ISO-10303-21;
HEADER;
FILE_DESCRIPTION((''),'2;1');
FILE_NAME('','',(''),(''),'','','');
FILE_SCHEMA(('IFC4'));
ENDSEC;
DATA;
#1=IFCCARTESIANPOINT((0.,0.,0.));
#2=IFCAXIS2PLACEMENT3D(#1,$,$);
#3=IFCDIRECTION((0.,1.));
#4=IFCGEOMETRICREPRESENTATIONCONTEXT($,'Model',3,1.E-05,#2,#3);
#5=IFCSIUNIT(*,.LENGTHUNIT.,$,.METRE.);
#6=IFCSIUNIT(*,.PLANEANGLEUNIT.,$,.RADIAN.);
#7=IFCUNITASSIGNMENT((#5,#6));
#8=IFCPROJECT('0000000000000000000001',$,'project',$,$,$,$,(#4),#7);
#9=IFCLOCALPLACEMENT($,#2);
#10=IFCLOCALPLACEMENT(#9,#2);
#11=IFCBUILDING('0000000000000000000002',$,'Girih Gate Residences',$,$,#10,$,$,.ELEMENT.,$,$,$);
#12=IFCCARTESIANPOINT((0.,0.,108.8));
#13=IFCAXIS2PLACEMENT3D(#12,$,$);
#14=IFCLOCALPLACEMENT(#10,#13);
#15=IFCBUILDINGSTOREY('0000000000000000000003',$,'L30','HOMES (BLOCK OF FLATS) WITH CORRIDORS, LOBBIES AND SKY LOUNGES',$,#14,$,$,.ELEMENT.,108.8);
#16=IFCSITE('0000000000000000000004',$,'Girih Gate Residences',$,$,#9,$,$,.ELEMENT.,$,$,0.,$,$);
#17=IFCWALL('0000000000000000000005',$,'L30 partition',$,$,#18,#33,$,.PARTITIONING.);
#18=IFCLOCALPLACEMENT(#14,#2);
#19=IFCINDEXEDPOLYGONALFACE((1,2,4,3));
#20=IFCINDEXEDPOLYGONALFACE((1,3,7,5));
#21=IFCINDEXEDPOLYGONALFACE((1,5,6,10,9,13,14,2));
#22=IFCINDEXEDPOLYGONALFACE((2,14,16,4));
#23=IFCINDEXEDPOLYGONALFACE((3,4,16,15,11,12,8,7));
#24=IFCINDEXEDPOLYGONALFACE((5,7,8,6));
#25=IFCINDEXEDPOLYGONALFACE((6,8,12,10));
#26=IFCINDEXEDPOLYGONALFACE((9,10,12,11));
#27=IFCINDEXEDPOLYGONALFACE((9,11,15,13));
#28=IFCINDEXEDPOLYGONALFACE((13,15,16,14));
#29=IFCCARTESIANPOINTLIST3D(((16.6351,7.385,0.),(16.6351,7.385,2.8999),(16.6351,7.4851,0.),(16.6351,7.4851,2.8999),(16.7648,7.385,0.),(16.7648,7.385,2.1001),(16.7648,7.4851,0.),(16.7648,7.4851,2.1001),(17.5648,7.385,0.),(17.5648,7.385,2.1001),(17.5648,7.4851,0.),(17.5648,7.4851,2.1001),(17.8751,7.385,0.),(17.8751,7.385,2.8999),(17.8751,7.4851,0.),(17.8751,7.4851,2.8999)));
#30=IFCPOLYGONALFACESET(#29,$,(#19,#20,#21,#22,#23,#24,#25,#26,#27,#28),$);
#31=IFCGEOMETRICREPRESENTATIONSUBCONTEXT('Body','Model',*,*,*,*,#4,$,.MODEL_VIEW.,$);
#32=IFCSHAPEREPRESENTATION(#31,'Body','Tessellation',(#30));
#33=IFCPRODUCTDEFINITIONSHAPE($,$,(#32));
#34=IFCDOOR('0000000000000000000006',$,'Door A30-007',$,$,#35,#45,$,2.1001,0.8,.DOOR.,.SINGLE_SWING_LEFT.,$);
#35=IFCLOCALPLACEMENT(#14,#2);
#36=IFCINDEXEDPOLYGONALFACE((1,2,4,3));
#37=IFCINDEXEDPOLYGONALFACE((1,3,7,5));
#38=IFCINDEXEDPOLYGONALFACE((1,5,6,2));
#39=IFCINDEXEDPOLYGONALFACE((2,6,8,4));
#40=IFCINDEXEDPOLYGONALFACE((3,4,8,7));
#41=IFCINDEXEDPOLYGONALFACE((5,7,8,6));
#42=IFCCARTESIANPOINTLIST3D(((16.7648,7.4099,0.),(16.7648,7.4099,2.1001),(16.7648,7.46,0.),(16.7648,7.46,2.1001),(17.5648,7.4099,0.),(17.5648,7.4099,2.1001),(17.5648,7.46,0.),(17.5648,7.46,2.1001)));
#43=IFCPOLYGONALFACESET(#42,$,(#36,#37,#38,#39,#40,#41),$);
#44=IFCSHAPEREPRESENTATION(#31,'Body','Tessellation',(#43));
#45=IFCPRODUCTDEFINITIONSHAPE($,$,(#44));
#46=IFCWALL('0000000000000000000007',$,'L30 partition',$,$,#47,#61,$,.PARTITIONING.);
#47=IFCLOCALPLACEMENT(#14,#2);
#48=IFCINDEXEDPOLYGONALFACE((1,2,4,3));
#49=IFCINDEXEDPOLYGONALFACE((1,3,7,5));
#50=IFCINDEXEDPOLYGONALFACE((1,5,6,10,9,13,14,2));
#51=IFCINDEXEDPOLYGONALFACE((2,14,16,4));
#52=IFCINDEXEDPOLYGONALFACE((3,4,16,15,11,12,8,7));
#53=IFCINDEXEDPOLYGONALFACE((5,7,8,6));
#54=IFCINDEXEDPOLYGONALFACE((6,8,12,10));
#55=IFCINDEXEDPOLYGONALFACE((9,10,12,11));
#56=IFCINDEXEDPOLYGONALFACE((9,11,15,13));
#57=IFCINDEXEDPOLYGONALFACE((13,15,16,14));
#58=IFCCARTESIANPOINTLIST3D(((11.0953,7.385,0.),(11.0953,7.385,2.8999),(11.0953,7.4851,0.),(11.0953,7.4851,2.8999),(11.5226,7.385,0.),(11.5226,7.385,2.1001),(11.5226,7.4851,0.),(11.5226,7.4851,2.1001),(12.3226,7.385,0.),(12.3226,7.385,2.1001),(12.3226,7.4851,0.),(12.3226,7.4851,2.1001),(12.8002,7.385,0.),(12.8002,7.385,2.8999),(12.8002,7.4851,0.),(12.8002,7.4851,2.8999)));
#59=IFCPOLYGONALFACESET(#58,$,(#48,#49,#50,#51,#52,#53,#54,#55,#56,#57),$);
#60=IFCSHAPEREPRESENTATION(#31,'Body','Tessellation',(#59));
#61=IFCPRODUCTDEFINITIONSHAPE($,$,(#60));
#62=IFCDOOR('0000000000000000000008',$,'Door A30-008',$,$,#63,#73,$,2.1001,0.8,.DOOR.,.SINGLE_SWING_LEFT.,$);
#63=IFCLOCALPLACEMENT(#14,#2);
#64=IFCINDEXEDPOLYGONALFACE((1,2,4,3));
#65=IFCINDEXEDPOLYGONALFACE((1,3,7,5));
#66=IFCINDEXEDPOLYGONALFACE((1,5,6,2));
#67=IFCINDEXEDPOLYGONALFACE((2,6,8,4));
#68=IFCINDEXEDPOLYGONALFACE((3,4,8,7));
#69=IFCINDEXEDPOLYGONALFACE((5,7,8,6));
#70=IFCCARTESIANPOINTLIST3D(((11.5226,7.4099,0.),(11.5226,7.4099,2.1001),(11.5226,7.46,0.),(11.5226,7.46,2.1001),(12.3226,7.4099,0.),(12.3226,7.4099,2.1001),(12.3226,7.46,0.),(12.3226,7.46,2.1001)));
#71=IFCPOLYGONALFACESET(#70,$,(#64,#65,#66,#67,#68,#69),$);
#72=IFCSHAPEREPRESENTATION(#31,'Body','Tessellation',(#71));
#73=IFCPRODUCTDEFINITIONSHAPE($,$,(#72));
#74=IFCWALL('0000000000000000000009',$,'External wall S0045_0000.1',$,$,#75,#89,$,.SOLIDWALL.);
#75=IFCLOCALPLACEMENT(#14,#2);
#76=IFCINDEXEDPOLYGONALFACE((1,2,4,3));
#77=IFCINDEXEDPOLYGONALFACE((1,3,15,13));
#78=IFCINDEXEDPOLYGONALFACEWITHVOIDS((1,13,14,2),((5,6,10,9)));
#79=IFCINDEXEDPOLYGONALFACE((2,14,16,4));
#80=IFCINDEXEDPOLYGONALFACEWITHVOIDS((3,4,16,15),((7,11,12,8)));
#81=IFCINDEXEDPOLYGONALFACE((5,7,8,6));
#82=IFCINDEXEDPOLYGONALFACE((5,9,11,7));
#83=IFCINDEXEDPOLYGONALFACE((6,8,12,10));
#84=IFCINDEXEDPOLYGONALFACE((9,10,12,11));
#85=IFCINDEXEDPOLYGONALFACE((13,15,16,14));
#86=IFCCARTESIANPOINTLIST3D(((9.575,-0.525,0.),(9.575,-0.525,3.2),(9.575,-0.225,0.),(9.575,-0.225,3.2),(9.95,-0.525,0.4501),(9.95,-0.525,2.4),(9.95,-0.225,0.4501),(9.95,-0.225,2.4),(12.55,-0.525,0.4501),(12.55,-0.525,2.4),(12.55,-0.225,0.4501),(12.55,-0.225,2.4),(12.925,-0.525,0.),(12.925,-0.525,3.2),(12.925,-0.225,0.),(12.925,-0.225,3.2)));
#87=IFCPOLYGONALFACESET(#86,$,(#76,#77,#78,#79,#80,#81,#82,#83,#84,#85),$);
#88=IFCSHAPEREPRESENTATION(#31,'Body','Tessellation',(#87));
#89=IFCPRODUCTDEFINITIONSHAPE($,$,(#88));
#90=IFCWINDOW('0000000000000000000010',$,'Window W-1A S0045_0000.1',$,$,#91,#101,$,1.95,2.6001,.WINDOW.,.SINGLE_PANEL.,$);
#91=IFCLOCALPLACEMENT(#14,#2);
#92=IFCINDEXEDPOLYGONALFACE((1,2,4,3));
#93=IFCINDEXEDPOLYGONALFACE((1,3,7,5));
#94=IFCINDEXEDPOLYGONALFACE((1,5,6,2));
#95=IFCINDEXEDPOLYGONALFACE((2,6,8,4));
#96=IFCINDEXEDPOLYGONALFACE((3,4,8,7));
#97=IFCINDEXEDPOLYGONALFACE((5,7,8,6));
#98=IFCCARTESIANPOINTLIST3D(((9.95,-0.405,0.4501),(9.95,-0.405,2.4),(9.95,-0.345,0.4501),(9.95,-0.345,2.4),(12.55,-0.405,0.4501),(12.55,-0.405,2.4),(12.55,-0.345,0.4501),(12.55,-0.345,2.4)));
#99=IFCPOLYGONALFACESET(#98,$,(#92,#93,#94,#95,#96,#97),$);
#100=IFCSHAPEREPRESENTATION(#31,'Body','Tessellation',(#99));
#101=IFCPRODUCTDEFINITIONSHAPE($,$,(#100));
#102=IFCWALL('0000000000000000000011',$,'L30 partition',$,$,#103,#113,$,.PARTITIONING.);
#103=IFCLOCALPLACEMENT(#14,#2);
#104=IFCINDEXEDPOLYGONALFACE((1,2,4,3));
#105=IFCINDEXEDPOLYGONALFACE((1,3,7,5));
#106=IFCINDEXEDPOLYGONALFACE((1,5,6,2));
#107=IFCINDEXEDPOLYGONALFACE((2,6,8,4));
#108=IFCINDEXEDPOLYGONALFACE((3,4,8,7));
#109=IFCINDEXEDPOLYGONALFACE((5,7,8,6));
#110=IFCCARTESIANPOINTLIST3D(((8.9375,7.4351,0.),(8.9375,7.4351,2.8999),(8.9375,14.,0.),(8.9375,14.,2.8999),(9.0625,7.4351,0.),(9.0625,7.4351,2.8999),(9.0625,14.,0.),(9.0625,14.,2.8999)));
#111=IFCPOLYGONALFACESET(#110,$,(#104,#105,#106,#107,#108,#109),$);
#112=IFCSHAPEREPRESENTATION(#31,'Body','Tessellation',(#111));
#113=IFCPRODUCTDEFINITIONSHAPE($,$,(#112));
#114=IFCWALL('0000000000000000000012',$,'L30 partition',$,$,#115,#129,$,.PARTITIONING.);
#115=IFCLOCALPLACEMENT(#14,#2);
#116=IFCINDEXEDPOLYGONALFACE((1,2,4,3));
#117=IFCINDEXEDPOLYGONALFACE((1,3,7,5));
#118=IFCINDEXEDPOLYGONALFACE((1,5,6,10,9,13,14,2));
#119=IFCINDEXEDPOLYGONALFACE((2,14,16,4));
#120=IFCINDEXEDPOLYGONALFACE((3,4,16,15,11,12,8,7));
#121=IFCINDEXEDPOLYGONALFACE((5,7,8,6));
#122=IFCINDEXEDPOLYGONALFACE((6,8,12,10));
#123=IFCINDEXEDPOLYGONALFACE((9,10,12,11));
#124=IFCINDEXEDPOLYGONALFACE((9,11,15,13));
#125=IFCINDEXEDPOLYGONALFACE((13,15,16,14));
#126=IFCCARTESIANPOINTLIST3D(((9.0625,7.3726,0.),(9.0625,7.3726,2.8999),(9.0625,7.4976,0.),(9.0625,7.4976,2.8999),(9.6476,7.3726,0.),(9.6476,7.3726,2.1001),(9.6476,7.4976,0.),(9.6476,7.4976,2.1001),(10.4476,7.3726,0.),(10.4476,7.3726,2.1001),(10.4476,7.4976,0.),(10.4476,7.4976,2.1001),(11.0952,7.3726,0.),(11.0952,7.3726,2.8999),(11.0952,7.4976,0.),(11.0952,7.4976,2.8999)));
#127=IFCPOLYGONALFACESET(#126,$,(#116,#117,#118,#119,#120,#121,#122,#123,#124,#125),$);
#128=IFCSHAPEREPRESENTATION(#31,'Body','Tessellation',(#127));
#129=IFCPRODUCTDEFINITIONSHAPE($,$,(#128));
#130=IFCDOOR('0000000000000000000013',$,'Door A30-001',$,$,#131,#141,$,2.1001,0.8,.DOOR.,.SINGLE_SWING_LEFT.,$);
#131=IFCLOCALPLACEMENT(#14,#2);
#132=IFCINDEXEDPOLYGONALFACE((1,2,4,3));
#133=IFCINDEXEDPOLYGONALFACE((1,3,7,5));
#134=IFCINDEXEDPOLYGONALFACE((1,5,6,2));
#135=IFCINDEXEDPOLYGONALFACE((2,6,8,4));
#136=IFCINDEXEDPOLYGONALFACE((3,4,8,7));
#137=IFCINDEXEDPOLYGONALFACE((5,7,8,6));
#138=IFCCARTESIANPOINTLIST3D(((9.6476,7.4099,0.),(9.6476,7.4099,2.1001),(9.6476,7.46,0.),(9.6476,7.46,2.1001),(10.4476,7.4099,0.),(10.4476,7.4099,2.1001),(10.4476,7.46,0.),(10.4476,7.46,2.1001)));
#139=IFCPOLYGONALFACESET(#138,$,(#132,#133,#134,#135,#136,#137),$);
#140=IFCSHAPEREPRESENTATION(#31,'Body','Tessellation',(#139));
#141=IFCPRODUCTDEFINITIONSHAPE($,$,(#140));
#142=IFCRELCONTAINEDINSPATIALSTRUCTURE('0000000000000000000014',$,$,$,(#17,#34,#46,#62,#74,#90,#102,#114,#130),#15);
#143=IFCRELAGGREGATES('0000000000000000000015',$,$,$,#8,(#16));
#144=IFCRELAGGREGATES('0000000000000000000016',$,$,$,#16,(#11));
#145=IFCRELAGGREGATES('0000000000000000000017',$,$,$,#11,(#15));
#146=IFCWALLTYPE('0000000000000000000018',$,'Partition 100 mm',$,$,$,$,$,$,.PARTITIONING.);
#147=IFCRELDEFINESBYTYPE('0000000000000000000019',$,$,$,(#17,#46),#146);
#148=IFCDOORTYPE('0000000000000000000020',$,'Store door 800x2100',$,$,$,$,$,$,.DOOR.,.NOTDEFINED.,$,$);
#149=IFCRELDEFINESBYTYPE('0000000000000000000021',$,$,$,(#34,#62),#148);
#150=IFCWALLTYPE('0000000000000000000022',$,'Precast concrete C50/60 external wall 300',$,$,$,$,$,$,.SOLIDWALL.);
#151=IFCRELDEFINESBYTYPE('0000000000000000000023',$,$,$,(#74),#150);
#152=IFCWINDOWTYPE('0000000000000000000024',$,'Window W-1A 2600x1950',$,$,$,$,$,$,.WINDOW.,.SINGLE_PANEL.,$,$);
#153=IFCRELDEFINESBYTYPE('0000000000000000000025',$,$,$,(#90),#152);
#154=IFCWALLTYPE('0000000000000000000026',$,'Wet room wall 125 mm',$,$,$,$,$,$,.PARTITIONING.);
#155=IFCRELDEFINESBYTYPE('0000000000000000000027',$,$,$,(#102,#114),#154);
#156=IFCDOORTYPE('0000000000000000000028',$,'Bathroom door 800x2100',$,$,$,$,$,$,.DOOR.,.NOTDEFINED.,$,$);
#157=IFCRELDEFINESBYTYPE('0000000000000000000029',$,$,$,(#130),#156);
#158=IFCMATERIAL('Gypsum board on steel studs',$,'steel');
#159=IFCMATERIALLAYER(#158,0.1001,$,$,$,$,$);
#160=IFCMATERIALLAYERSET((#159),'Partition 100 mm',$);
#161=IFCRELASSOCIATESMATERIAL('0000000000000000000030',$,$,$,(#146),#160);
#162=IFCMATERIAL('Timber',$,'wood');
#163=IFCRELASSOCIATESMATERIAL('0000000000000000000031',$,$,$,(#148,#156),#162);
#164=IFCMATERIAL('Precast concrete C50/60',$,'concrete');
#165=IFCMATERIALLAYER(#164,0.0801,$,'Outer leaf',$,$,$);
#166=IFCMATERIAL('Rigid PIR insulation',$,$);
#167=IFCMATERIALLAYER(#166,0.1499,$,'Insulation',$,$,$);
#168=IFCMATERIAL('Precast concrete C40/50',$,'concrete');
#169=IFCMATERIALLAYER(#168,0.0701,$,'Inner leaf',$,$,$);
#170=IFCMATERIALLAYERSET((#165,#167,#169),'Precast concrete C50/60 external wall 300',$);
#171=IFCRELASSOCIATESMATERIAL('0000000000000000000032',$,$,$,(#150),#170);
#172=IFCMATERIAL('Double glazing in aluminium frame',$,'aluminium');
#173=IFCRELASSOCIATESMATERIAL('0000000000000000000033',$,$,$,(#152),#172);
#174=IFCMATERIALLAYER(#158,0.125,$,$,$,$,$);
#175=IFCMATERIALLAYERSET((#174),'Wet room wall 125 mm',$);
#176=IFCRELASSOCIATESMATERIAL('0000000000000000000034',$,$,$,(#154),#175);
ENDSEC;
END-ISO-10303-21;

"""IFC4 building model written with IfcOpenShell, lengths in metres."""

from ifc_helpers import new_model, si_unit, direction, frame, frame_2d, origin, place, context, subcontext, project, spatial, rectangle, extrude, material, layer, layer_set, type_object, element, fill, save


model = new_model("IFC4")

# Units and contexts
model_context = context("Model", 3, precision=1e-05, world=origin(), true_north=direction((0.0, 1.0)))
body_context = subcontext(model_context, "Body", "Model", "MODEL_VIEW")
ifc_project = project(units=[si_unit("LENGTHUNIT", "METRE"), si_unit("PLANEANGLEUNIT", "RADIAN")], contexts=[model_context])

# Site, building, storey
site_placement = place(None, origin())
site = spatial("IfcSite", under=ifc_project, at=site_placement, Name="Girih Gate Residences", CompositionType="ELEMENT", RefElevation=0.0)
building_placement = place(site_placement, origin())
building = spatial("IfcBuilding", under=site, at=building_placement, Name="Girih Gate Residences", CompositionType="ELEMENT")
storey_placement = place(building_placement, frame((0.0, 0.0, 108.8)))
storey = spatial("IfcBuildingStorey", under=building, at=storey_placement, Name="L30", Description="HOMES (BLOCK OF FLATS) WITH CORRIDORS, LOBBIES AND SKY LOUNGES", CompositionType="ELEMENT", Elevation=108.8)

# Shared definitions
ifc_material_1 = material(Name="Gypsum board on steel studs", Category="steel")
ifc_layer_1 = layer(ifc_material_1, 0.1001)
ifc_layer_set_1 = layer_set([ifc_layer_1], Name="Partition 100 mm")
wall_type_1 = type_object("IfcWallType", Name="Partition 100 mm", PredefinedType="PARTITIONING", material=ifc_layer_set_1)

# Walls, openings, doors
ifc_material_2 = material(Name="Timber", Category="wood")
wall_1_placement = place(storey_placement, frame((16.635, 7.4351, 0.0), z_axis=(0.0, 0.0, 1.0), x_axis=(1.0, 0.0, 0.0)))
wall_1 = element("IfcWall", 1, at=wall_1_placement, inside=storey, type_object=wall_type_1, Name="L30 partition", PredefinedType="PARTITIONING", context=body_context, shape_type="SweptSolid", body=[
    extrude(rectangle(XDim=1.24, YDim=0.1001, at=frame_2d((0.6201, 0.0))), origin(), (0.0, 0.0, 1.0), 2.8999),
])
opening_1_placement = place(wall_1_placement, frame((0.1299, 0.0, 0.0)))
opening_1 = element("IfcOpeningElement", 2, at=opening_1_placement, cuts=wall_1, PredefinedType="OPENING", context=body_context, shape_type="SweptSolid", body=[
    extrude(rectangle(XDim=0.8, YDim=2.1001, at=frame_2d((0.3999, 1.05))), frame((0.0, 0.0601, 0.0), z_axis=(0.0, -1.0, 0.0), x_axis=(1.0, 0.0, 0.0)), (0.0, 0.0, 1.0), 0.1201),
])
door_type_1 = type_object("IfcDoorType", Name="Store door 800x2100", OperationType="NOTDEFINED", PredefinedType="DOOR", material=ifc_material_2)
door_1_placement = place(opening_1_placement, origin())
door_1 = element("IfcDoor", 3, at=door_1_placement, inside=storey, type_object=door_type_1, Name="Door A30-007", OperationType="SINGLE_SWING_LEFT", OverallHeight=2.1001, OverallWidth=0.8, PredefinedType="DOOR", context=body_context, shape_type="SweptSolid", body=[
    extrude(rectangle(XDim=0.8, YDim=2.1001, at=frame_2d((0.3999, 1.05))), frame((0.0, 0.0249, 0.0), z_axis=(0.0, -1.0, 0.0), x_axis=(1.0, 0.0, 0.0)), (0.0, 0.0, 1.0), 0.05),
])
fill(opening_1, door_1)
wall_2_placement = place(storey_placement, frame((11.0952, 7.4351, 0.0), z_axis=(0.0, 0.0, 1.0), x_axis=(1.0, 0.0, 0.0)))
wall_2 = element("IfcWall", 4, at=wall_2_placement, inside=storey, type_object=wall_type_1, Name="L30 partition", PredefinedType="PARTITIONING", context=body_context, shape_type="SweptSolid", body=[
    extrude(rectangle(XDim=1.7048, YDim=0.1001, at=frame_2d((0.8525, 0.0))), origin(), (0.0, 0.0, 1.0), 2.8999),
])
opening_2_placement = place(wall_2_placement, frame((0.4275, 0.0, 0.0)))
opening_2 = element("IfcOpeningElement", 5, at=opening_2_placement, cuts=wall_2, PredefinedType="OPENING", context=body_context, shape_type="SweptSolid", body=[
    extrude(rectangle(XDim=0.8, YDim=2.1001, at=frame_2d((0.3999, 1.05))), frame((0.0, 0.0601, 0.0), z_axis=(0.0, -1.0, 0.0), x_axis=(1.0, 0.0, 0.0)), (0.0, 0.0, 1.0), 0.1201),
])
door_2_placement = place(opening_2_placement, origin())
door_2 = element("IfcDoor", 6, at=door_2_placement, inside=storey, type_object=door_type_1, Name="Door A30-008", OperationType="SINGLE_SWING_LEFT", OverallHeight=2.1001, OverallWidth=0.8, PredefinedType="DOOR", context=body_context, shape_type="SweptSolid", body=[
    extrude(rectangle(XDim=0.8, YDim=2.1001, at=frame_2d((0.3999, 1.05))), frame((0.0, 0.0249, 0.0), z_axis=(0.0, -1.0, 0.0), x_axis=(1.0, 0.0, 0.0)), (0.0, 0.0, 1.0), 0.05),
])
fill(opening_2, door_2)

# Wall, opening, window
ifc_material_3 = material(Name="Precast concrete C50/60", Category="concrete")
ifc_layer_2 = layer(ifc_material_3, 0.0801, Name="Outer leaf")
ifc_material_4 = material(Name="Rigid PIR insulation")
ifc_layer_3 = layer(ifc_material_4, 0.1499, Name="Insulation")
ifc_material_5 = material(Name="Precast concrete C40/50", Category="concrete")
ifc_layer_4 = layer(ifc_material_5, 0.0701, Name="Inner leaf")
ifc_layer_set_2 = layer_set([ifc_layer_2, ifc_layer_3, ifc_layer_4], Name="Precast concrete C50/60 external wall 300")
wall_type_2 = type_object("IfcWallType", Name="Precast concrete C50/60 external wall 300", PredefinedType="SOLIDWALL", material=ifc_layer_set_2)
wall_3_placement = place(storey_placement, frame((12.925, -0.375, 0.0), z_axis=(0.0, 0.0, 1.0), x_axis=(-1.0, 0.0, 0.0)))
wall_3 = element("IfcWall", 7, at=wall_3_placement, inside=storey, type_object=wall_type_2, Name="External wall S0045_0000.1", PredefinedType="SOLIDWALL", context=body_context, shape_type="SweptSolid", body=[
    extrude(rectangle(XDim=3.3501, YDim=0.3, at=frame_2d((1.675, 0.0))), origin(), (0.0, 0.0, 1.0), 3.2),
])
opening_3_placement = place(wall_3_placement, frame((0.375, 0.0, 0.45)))
opening_3 = element("IfcOpeningElement", 8, at=opening_3_placement, cuts=wall_3, PredefinedType="OPENING", context=body_context, shape_type="SweptSolid", body=[
    extrude(rectangle(XDim=2.6001, YDim=1.95, at=frame_2d((1.3, 0.9751))), frame((0.0, 0.1599, 0.0), z_axis=(0.0, -1.0, 0.0), x_axis=(1.0, 0.0, 0.0)), (0.0, 0.0, 1.0), 0.3201),
])
ifc_material_6 = material(Name="Double glazing in aluminium frame", Category="aluminium")
window_type = type_object("IfcWindowType", Name="Window W-1A 2600x1950", PartitioningType="SINGLE_PANEL", PredefinedType="WINDOW", material=ifc_material_6)
window_placement = place(opening_3_placement, origin())
window = element("IfcWindow", 9, at=window_placement, inside=storey, type_object=window_type, Name="Window W-1A S0045_0000.1", OverallHeight=1.95, OverallWidth=2.6001, PartitioningType="SINGLE_PANEL", PredefinedType="WINDOW", context=body_context, shape_type="SweptSolid", body=[
    extrude(rectangle(XDim=2.6001, YDim=1.95, at=frame_2d((1.3, 0.9751))), frame((0.0, 0.03, 0.0), z_axis=(0.0, -1.0, 0.0), x_axis=(1.0, 0.0, 0.0)), (0.0, 0.0, 1.0), 0.0601),
])
fill(opening_3, window)

# Wall
ifc_layer_5 = layer(ifc_material_1, 0.125)
ifc_layer_set_3 = layer_set([ifc_layer_5], Name="Wet room wall 125 mm")
wall_type_3 = type_object("IfcWallType", Name="Wet room wall 125 mm", PredefinedType="PARTITIONING", material=ifc_layer_set_3)
wall_4_placement = place(storey_placement, frame((9.0, 7.4351, 0.0), z_axis=(0.0, 0.0, 1.0), x_axis=(0.0, 1.0, 0.0)))
element("IfcWall", 10, at=wall_4_placement, inside=storey, type_object=wall_type_3, Name="L30 partition", PredefinedType="PARTITIONING", context=body_context, shape_type="SweptSolid", body=[
    extrude(rectangle(XDim=6.5649, YDim=0.125, at=frame_2d((3.2825, 0.0))), origin(), (0.0, 0.0, 1.0), 2.8999),
])

# Wall, opening, door
wall_5_placement = place(storey_placement, frame((9.0625, 7.4351, 0.0), z_axis=(0.0, 0.0, 1.0), x_axis=(1.0, 0.0, 0.0)))
wall_5 = element("IfcWall", 11, at=wall_5_placement, inside=storey, type_object=wall_type_3, Name="L30 partition", PredefinedType="PARTITIONING", context=body_context, shape_type="SweptSolid", body=[
    extrude(rectangle(XDim=2.0327, YDim=0.125, at=frame_2d((1.0164, 0.0))), origin(), (0.0, 0.0, 1.0), 2.8999),
])
opening_4_placement = place(wall_5_placement, frame((0.5852, 0.0, 0.0)))
opening_4 = element("IfcOpeningElement", 12, at=opening_4_placement, cuts=wall_5, PredefinedType="OPENING", context=body_context, shape_type="SweptSolid", body=[
    extrude(rectangle(XDim=0.8, YDim=2.1001, at=frame_2d((0.3999, 1.05))), frame((0.0, 0.0725, 0.0), z_axis=(0.0, -1.0, 0.0), x_axis=(1.0, 0.0, 0.0)), (0.0, 0.0, 1.0), 0.145),
])
door_type_2 = type_object("IfcDoorType", Name="Bathroom door 800x2100", OperationType="NOTDEFINED", PredefinedType="DOOR", material=ifc_material_2)
door_3_placement = place(opening_4_placement, origin())
door_3 = element("IfcDoor", 13, at=door_3_placement, inside=storey, type_object=door_type_2, Name="Door A30-001", OperationType="SINGLE_SWING_LEFT", OverallHeight=2.1001, OverallWidth=0.8, PredefinedType="DOOR", context=body_context, shape_type="SweptSolid", body=[
    extrude(rectangle(XDim=0.8, YDim=2.1001, at=frame_2d((0.3999, 1.05))), frame((0.0, 0.0249, 0.0), z_axis=(0.0, -1.0, 0.0), x_axis=(1.0, 0.0, 0.0)), (0.0, 0.0, 1.0), 0.05),
])
fill(opening_4, door_3)

save(model, "model.ifc")
